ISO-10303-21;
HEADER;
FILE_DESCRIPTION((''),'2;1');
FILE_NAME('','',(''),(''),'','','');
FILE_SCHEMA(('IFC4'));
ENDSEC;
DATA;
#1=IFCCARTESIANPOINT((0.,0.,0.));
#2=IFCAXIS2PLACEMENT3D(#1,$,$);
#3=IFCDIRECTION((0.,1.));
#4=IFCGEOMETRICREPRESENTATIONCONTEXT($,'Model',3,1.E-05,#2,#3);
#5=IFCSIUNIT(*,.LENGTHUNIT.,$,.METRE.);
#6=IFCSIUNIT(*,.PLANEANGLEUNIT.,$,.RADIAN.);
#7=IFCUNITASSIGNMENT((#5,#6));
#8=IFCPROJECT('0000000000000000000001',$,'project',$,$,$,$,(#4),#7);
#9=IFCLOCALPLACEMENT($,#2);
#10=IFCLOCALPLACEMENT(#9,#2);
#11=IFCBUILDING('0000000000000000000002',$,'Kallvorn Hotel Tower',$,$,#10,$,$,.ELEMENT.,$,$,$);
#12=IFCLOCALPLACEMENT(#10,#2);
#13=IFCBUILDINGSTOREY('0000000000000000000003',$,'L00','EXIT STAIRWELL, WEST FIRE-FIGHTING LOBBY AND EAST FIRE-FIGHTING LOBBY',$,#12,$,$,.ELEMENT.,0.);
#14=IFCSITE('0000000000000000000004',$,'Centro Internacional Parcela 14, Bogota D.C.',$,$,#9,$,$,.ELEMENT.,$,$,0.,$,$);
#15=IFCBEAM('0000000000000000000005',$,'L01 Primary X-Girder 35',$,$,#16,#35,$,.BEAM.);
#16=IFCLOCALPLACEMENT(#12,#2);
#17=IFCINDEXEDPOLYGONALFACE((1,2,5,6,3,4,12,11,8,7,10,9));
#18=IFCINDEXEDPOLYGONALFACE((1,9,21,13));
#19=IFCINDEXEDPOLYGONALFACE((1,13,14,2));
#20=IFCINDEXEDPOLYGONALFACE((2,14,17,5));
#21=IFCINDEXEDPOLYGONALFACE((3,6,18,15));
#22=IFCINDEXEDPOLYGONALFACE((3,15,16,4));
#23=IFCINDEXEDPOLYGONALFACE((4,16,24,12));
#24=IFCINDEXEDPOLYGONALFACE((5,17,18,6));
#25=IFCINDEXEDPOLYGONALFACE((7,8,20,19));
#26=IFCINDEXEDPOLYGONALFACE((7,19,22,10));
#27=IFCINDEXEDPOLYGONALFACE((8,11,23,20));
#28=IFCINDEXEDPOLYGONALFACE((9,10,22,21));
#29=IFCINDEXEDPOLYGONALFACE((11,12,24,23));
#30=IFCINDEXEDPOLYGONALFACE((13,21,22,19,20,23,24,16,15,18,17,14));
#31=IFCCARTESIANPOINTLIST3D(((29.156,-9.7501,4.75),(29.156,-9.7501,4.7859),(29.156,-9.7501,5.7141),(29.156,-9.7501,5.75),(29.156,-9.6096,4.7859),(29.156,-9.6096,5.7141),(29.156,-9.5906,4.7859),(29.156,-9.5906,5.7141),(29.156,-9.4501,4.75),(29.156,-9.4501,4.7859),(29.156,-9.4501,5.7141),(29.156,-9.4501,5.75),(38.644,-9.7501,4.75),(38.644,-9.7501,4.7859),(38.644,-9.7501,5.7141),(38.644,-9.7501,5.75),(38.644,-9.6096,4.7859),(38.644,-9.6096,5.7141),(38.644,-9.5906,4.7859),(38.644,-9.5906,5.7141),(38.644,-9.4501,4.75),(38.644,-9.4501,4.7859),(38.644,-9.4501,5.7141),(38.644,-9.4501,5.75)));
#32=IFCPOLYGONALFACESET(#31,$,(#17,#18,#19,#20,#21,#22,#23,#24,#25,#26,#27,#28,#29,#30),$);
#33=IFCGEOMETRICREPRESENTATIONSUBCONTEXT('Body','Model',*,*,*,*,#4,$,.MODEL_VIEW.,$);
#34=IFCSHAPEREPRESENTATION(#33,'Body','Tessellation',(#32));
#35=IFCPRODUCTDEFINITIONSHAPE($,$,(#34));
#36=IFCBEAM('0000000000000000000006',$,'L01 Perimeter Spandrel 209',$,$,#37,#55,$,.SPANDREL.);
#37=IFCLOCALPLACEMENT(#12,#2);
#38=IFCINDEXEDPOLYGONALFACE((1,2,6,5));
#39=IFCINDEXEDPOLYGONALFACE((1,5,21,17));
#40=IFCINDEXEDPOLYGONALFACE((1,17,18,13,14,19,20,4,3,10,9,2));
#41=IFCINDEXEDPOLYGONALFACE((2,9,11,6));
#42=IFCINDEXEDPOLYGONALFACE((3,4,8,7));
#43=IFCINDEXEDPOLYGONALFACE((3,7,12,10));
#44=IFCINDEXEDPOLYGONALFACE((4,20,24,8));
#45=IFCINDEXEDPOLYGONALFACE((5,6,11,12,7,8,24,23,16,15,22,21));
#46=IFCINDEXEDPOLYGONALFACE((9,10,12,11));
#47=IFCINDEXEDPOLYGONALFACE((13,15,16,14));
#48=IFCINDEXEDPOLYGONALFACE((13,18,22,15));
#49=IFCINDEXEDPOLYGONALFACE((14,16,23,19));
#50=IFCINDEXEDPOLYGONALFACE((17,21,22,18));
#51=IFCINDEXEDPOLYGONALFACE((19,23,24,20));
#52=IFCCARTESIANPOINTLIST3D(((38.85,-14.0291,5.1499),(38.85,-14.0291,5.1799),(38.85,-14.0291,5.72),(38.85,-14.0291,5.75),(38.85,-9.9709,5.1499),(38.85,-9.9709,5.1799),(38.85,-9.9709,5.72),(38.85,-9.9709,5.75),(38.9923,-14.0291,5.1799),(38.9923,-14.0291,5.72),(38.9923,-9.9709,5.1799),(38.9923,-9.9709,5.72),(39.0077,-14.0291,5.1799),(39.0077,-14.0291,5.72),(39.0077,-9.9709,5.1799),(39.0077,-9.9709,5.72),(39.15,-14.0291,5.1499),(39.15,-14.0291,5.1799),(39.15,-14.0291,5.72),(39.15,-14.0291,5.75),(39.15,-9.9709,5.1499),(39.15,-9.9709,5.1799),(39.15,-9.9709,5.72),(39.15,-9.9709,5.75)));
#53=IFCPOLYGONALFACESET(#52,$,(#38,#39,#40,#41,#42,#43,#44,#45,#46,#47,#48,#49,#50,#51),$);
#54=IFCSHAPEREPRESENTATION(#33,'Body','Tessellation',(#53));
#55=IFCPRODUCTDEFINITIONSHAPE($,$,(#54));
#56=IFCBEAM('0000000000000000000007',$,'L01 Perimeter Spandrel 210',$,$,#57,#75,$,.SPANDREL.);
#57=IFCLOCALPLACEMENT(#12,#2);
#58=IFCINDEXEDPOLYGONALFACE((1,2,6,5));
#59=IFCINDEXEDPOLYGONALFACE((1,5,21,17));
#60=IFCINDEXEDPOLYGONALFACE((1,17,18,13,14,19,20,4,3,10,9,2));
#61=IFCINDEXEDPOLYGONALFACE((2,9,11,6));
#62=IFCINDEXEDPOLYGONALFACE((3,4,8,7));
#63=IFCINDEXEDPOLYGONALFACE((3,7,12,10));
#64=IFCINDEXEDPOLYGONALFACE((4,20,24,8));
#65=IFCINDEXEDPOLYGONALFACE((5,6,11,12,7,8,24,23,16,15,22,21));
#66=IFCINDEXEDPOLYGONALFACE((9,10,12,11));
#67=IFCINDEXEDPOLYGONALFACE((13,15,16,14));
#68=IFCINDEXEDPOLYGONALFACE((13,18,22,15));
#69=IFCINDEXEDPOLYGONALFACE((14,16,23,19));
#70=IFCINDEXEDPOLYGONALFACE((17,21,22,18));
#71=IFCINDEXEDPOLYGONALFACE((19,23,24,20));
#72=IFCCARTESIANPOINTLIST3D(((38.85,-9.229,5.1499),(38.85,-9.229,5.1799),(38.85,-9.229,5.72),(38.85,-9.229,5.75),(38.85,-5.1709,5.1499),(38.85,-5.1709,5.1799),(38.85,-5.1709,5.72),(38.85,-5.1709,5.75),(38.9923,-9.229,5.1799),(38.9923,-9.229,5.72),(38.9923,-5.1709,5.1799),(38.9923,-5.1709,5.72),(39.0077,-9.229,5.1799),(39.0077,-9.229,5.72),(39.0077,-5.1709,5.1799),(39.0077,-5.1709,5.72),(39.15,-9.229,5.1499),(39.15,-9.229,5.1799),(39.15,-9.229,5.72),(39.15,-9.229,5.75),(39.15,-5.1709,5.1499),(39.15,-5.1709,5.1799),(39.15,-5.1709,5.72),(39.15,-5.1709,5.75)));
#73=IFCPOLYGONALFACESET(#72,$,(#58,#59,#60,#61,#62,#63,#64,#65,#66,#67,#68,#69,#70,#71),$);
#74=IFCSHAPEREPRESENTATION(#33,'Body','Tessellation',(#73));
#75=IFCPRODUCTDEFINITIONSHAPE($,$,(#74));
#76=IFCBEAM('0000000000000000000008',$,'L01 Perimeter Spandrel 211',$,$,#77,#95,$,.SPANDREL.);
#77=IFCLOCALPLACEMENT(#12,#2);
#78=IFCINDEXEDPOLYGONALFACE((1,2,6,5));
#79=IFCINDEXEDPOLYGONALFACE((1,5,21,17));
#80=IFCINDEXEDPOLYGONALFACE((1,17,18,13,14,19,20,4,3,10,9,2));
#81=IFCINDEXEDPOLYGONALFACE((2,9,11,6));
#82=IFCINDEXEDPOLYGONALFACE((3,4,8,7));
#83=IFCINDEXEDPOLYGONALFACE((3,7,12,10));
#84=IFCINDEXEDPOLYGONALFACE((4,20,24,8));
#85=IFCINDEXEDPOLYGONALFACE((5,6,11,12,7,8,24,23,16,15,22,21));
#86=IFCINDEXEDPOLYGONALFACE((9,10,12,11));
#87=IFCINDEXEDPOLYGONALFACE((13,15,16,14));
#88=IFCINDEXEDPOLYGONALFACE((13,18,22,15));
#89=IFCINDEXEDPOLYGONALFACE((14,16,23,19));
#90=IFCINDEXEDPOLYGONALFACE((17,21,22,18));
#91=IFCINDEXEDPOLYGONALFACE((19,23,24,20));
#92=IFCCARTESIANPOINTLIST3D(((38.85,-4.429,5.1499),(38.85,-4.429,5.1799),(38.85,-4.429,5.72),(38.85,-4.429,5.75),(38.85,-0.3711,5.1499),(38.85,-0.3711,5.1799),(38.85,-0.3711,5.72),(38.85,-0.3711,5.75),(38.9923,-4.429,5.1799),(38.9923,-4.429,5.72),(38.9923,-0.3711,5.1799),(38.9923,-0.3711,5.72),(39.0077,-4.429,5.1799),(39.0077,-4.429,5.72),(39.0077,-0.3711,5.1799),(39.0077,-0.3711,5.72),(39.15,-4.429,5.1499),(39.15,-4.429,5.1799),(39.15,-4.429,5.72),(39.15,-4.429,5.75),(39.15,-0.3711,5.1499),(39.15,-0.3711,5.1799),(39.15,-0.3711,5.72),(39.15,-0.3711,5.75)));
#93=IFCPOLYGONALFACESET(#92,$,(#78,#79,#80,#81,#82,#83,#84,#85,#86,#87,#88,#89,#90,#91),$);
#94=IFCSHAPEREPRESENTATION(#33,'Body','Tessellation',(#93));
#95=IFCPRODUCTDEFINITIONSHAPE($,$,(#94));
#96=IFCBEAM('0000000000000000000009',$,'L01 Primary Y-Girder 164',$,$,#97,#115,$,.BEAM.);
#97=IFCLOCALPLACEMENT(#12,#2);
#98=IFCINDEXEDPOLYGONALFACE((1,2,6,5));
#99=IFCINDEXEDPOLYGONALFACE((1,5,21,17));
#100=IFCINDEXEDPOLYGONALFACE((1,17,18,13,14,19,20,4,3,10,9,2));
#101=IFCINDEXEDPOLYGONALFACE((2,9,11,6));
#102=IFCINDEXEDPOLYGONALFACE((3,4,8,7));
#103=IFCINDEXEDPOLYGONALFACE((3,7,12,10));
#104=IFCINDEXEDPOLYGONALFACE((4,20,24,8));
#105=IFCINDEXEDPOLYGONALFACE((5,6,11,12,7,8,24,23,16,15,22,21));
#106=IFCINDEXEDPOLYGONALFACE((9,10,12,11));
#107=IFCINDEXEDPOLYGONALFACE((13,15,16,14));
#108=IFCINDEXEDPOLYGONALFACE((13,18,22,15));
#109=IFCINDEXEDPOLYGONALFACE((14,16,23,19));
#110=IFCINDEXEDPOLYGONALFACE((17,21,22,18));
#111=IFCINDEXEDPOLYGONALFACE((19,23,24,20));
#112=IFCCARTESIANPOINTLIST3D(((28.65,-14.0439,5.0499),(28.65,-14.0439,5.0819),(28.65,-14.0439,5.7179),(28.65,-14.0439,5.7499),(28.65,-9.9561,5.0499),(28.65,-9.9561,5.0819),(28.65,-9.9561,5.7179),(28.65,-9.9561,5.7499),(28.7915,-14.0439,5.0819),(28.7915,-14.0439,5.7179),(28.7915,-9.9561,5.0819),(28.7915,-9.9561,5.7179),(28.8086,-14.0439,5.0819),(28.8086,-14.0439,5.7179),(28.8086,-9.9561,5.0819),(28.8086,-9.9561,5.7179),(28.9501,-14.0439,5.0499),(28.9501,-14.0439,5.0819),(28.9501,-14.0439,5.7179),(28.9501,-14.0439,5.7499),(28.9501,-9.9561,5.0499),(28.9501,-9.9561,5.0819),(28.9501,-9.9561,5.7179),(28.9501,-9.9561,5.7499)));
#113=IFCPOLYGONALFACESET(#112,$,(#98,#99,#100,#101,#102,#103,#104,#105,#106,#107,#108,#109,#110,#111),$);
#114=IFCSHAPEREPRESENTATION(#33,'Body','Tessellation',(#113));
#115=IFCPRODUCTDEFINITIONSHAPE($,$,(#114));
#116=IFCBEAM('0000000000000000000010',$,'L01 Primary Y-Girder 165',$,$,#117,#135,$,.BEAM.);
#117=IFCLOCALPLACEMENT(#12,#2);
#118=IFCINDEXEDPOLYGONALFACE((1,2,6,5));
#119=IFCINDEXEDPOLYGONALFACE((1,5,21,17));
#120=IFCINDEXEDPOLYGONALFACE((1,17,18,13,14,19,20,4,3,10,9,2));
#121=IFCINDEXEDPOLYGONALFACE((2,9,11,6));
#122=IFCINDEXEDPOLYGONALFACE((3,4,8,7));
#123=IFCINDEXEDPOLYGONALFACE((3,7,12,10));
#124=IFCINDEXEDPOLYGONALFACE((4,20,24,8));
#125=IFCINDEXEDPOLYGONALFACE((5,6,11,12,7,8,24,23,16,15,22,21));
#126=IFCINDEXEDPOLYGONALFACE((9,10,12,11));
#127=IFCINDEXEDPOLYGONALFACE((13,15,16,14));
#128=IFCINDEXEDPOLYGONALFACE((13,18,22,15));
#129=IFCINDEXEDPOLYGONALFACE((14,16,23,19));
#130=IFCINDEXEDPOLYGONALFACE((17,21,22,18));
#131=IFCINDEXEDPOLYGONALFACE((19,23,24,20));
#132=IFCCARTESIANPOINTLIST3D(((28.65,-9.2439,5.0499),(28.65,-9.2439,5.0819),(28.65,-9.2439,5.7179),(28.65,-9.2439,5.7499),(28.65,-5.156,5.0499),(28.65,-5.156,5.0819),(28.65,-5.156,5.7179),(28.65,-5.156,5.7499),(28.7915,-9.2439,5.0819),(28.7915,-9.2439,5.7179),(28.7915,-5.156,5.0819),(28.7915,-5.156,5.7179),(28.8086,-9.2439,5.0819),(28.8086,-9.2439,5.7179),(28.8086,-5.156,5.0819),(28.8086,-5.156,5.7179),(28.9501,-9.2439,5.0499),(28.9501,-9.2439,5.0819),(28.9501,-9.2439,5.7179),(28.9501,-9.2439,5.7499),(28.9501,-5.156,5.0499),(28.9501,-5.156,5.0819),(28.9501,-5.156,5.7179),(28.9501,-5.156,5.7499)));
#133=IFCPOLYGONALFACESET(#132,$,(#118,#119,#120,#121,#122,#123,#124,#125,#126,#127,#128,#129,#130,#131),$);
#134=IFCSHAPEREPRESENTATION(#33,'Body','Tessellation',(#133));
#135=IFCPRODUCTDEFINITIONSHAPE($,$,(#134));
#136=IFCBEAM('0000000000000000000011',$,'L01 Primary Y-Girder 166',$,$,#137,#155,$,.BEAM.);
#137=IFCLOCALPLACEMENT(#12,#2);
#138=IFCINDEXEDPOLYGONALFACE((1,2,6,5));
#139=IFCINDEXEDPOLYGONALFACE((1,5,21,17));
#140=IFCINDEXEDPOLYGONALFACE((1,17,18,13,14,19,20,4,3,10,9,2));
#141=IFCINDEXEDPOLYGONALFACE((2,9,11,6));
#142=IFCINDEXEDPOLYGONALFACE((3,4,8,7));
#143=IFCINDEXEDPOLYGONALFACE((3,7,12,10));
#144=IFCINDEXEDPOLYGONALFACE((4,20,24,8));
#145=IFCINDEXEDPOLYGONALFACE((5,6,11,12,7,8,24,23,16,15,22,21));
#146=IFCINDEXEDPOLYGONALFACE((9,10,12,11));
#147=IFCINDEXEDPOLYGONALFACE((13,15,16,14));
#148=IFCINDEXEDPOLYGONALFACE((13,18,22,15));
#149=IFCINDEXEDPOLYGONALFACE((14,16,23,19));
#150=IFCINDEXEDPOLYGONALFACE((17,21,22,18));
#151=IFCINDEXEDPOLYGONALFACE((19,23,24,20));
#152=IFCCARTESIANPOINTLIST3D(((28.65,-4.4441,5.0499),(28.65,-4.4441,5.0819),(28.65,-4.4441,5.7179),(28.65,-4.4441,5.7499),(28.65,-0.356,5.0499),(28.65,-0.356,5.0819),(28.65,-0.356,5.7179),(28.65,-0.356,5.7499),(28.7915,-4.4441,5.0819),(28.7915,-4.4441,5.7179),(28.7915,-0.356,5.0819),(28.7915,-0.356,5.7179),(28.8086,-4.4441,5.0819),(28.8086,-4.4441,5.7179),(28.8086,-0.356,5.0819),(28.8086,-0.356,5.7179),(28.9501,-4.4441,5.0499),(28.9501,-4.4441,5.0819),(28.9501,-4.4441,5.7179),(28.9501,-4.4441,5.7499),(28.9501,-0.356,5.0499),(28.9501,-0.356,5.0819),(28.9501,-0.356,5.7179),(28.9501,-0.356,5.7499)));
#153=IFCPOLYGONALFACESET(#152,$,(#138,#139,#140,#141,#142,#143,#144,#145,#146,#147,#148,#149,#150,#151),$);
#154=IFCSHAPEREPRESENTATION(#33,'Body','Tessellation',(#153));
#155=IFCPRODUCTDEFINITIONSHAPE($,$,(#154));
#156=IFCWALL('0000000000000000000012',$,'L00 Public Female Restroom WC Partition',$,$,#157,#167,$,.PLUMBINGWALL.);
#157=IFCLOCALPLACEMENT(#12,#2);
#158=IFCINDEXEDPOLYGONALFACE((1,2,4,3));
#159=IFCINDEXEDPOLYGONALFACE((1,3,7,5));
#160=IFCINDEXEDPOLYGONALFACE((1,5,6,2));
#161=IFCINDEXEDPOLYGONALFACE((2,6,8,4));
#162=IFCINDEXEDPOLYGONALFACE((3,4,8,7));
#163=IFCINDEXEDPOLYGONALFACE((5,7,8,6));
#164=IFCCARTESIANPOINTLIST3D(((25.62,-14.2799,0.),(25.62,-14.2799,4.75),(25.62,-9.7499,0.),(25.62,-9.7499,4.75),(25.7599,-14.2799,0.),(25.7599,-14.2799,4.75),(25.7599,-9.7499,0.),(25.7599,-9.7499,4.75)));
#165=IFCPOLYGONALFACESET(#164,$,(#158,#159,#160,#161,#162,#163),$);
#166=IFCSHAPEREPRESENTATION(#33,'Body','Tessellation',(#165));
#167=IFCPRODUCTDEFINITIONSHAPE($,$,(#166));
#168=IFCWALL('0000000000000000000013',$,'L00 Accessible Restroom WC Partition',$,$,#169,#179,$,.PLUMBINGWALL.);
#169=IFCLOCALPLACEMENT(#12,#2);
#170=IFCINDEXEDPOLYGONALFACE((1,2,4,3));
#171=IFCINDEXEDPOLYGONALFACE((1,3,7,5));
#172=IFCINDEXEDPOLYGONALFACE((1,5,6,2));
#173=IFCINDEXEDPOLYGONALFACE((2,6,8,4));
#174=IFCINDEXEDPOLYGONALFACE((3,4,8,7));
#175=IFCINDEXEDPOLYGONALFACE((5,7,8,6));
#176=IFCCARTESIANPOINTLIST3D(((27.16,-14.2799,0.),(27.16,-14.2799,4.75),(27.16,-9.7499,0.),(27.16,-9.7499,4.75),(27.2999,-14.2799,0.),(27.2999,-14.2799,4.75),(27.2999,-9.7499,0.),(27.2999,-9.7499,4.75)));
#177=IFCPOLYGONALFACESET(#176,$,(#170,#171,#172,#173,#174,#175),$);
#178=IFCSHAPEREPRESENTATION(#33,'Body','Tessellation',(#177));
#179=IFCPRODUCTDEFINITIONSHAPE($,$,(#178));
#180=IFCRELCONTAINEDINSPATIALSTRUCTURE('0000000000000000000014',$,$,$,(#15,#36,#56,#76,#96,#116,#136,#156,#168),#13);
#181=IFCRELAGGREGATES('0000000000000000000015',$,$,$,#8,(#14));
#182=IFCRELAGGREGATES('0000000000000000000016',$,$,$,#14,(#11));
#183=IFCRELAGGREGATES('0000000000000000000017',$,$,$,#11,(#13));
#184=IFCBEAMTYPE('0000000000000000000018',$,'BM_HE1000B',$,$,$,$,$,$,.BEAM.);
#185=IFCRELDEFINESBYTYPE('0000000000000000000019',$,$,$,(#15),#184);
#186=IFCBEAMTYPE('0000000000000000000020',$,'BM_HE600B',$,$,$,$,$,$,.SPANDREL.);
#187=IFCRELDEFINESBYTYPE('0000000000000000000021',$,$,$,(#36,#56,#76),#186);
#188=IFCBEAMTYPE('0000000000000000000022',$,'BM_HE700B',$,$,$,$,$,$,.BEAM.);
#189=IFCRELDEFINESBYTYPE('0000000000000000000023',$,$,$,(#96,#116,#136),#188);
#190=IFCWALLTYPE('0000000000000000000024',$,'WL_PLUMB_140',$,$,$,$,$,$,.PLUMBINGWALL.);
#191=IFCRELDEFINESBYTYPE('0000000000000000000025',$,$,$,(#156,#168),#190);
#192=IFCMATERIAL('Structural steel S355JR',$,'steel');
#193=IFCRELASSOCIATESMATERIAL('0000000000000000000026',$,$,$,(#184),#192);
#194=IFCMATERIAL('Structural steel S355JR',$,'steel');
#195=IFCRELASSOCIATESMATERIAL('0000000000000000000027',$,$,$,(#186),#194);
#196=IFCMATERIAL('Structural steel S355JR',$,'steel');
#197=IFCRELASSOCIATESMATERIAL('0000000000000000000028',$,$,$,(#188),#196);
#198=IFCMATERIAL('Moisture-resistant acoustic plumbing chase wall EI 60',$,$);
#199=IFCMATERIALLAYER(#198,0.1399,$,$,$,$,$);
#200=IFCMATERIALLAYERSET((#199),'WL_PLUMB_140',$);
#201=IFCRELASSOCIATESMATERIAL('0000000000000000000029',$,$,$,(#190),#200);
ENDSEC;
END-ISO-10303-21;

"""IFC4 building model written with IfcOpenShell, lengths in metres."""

from ifc_helpers import new_model, si_unit, direction, frame, frame_2d, origin, origin_2d, place, context, subcontext, project, spatial, rectangle, i_section, extrude, material, layer, layer_set, material_profile, profile_set, type_object, element, save


model = new_model("IFC4")

# Units and contexts
model_context = context("Model", 3, precision=1e-05, world=origin(), true_north=direction((0.0, 1.0)))
body_context = subcontext(model_context, "Body", "Model", "MODEL_VIEW")
ifc_project = project(units=[si_unit("LENGTHUNIT", "METRE"), si_unit("PLANEANGLEUNIT", "RADIAN")], contexts=[model_context])

# Site, building, storey
site_placement = place(None, origin())
site = spatial("IfcSite", under=ifc_project, at=site_placement, Name="Centro Internacional Parcela 14, Bogota D.C.", CompositionType="ELEMENT", RefElevation=0.0)
building_placement = place(site_placement, origin())
building = spatial("IfcBuilding", under=site, at=building_placement, Name="Kallvorn Hotel Tower", CompositionType="ELEMENT")
storey_placement = place(building_placement, origin())
storey = spatial("IfcBuildingStorey", under=building, at=storey_placement, Name="L00", Description="EXIT STAIRWELL, WEST FIRE-FIGHTING LOBBY AND EAST FIRE-FIGHTING LOBBY", CompositionType="ELEMENT", Elevation=0.0)

# Beams
ifc_material_1 = material(Name="Structural steel S355JR", Category="steel")
ifc_material_profile_1 = material_profile(ifc_material_1, i_section(OverallWidth=0.3, OverallDepth=1.0, WebThickness=0.019, FlangeThickness=0.0359, at=origin_2d()), Name="HE 1000 B")
ifc_profile_set_1 = profile_set([ifc_material_profile_1], Name="Structural steel S355JR")
beam_type_1 = type_object("IfcBeamType", Name="BM_HE1000B", PredefinedType="BEAM", material=ifc_profile_set_1)
for number, where, z_axis, x_axis, name in (
    (1, (29.156, -9.6001, 5.25), (1.0, 0.0, 0.0), (0.0, 1.0, 0.0), "L01 Primary X-Girder 35"),
):
    element("IfcBeam", number, at=place(storey_placement, frame(where, z_axis=z_axis, x_axis=x_axis)), inside=storey, type_object=beam_type_1, Name=name, PredefinedType="BEAM", context=body_context, shape_type="SweptSolid", body=[
        extrude(i_section(OverallWidth=0.3, OverallDepth=1.0, WebThickness=0.019, FlangeThickness=0.0359, at=origin_2d()), origin(), (0.0, 0.0, 1.0), 9.488),
    ])
ifc_material_2 = material(Name="Structural steel S355JR", Category="steel")
ifc_material_profile_2 = material_profile(ifc_material_2, i_section(OverallWidth=0.3, OverallDepth=0.6001, WebThickness=0.0154, FlangeThickness=0.03, at=origin_2d()), Name="HE 600 B")
ifc_profile_set_2 = profile_set([ifc_material_profile_2], Name="Structural steel S355JR")
beam_type_2 = type_object("IfcBeamType", Name="BM_HE600B", PredefinedType="SPANDREL", material=ifc_profile_set_2)
for number, where, z_axis, x_axis, name in (
    (2, (39.0, -14.0291, 5.45), (0.0, 1.0, 0.0), (-1.0, 0.0, 0.0), "L01 Perimeter Spandrel 209"),
    (3, (39.0, -9.229, 5.45), (0.0, 1.0, 0.0), (-1.0, 0.0, 0.0), "L01 Perimeter Spandrel 210"),
):
    element("IfcBeam", number, at=place(storey_placement, frame(where, z_axis=z_axis, x_axis=x_axis)), inside=storey, type_object=beam_type_2, Name=name, PredefinedType="SPANDREL", context=body_context, shape_type="SweptSolid", body=[
        extrude(i_section(OverallWidth=0.3, OverallDepth=0.6001, WebThickness=0.0154, FlangeThickness=0.03, at=origin_2d()), origin(), (0.0, 0.0, 1.0), 4.0581),
    ])
beam_1_placement = place(storey_placement, frame((39.0, -4.429, 5.45), z_axis=(0.0, 1.0, 0.0), x_axis=(-1.0, 0.0, 0.0)))
element("IfcBeam", 4, at=beam_1_placement, inside=storey, type_object=beam_type_2, Name="L01 Perimeter Spandrel 211", PredefinedType="SPANDREL", context=body_context, shape_type="SweptSolid", body=[
    extrude(i_section(OverallWidth=0.3, OverallDepth=0.6001, WebThickness=0.0154, FlangeThickness=0.03, at=origin_2d()), origin(), (0.0, 0.0, 1.0), 4.0579),
])
ifc_material_3 = material(Name="Structural steel S355JR", Category="steel")
ifc_material_profile_3 = material_profile(ifc_material_3, i_section(OverallWidth=0.3, OverallDepth=0.7, WebThickness=0.0171, FlangeThickness=0.032, at=origin_2d()), Name="HE 700 B")
ifc_profile_set_3 = profile_set([ifc_material_profile_3], Name="Structural steel S355JR")
beam_type_3 = type_object("IfcBeamType", Name="BM_HE700B", PredefinedType="BEAM", material=ifc_profile_set_3)
for number, where, z_axis, x_axis, name in (
    (5, (28.8, -14.0439, 5.3999), (0.0, 1.0, 0.0), (-1.0, 0.0, 0.0), "L01 Primary Y-Girder 164"),
    (6, (28.8, -9.2439, 5.3999), (0.0, 1.0, 0.0), (-1.0, 0.0, 0.0), "L01 Primary Y-Girder 165"),
):
    element("IfcBeam", number, at=place(storey_placement, frame(where, z_axis=z_axis, x_axis=x_axis)), inside=storey, type_object=beam_type_3, Name=name, PredefinedType="BEAM", context=body_context, shape_type="SweptSolid", body=[
        extrude(i_section(OverallWidth=0.3, OverallDepth=0.7, WebThickness=0.0171, FlangeThickness=0.032, at=origin_2d()), origin(), (0.0, 0.0, 1.0), 4.0879),
    ])
beam_2_placement = place(storey_placement, frame((28.8, -4.4441, 5.3999), z_axis=(0.0, 1.0, 0.0), x_axis=(-1.0, 0.0, 0.0)))
element("IfcBeam", 7, at=beam_2_placement, inside=storey, type_object=beam_type_3, Name="L01 Primary Y-Girder 166", PredefinedType="BEAM", context=body_context, shape_type="SweptSolid", body=[
    extrude(i_section(OverallWidth=0.3, OverallDepth=0.7, WebThickness=0.0171, FlangeThickness=0.032, at=origin_2d()), origin(), (0.0, 0.0, 1.0), 4.0881),
])

# Walls
ifc_material_4 = material(Name="Moisture-resistant acoustic plumbing chase wall EI 60")
ifc_layer = layer(ifc_material_4, 0.1399)
ifc_layer_set = layer_set([ifc_layer], Name="WL_PLUMB_140")
wall_type = type_object("IfcWallType", Name="WL_PLUMB_140", PredefinedType="PLUMBINGWALL", material=ifc_layer_set)
for number, where, z_axis, x_axis, name in (
    (8, (25.6899, -14.28, 0.0), (0.0, 0.0, 1.0), (0.0, 1.0, 0.0), "L00 Public Female Restroom WC Partition"),
    (9, (27.23, -14.28, 0.0), (0.0, 0.0, 1.0), (0.0, 1.0, 0.0), "L00 Accessible Restroom WC Partition"),
):
    element("IfcWall", number, at=place(storey_placement, frame(where, z_axis=z_axis, x_axis=x_axis)), inside=storey, type_object=wall_type, Name=name, PredefinedType="PLUMBINGWALL", context=body_context, shape_type="SweptSolid", body=[
        extrude(rectangle(XDim=4.53, YDim=0.1399, at=frame_2d((2.2651, 0.0))), origin(), (0.0, 0.0, 1.0), 4.75),
    ])

save(model, "model.ifc")
